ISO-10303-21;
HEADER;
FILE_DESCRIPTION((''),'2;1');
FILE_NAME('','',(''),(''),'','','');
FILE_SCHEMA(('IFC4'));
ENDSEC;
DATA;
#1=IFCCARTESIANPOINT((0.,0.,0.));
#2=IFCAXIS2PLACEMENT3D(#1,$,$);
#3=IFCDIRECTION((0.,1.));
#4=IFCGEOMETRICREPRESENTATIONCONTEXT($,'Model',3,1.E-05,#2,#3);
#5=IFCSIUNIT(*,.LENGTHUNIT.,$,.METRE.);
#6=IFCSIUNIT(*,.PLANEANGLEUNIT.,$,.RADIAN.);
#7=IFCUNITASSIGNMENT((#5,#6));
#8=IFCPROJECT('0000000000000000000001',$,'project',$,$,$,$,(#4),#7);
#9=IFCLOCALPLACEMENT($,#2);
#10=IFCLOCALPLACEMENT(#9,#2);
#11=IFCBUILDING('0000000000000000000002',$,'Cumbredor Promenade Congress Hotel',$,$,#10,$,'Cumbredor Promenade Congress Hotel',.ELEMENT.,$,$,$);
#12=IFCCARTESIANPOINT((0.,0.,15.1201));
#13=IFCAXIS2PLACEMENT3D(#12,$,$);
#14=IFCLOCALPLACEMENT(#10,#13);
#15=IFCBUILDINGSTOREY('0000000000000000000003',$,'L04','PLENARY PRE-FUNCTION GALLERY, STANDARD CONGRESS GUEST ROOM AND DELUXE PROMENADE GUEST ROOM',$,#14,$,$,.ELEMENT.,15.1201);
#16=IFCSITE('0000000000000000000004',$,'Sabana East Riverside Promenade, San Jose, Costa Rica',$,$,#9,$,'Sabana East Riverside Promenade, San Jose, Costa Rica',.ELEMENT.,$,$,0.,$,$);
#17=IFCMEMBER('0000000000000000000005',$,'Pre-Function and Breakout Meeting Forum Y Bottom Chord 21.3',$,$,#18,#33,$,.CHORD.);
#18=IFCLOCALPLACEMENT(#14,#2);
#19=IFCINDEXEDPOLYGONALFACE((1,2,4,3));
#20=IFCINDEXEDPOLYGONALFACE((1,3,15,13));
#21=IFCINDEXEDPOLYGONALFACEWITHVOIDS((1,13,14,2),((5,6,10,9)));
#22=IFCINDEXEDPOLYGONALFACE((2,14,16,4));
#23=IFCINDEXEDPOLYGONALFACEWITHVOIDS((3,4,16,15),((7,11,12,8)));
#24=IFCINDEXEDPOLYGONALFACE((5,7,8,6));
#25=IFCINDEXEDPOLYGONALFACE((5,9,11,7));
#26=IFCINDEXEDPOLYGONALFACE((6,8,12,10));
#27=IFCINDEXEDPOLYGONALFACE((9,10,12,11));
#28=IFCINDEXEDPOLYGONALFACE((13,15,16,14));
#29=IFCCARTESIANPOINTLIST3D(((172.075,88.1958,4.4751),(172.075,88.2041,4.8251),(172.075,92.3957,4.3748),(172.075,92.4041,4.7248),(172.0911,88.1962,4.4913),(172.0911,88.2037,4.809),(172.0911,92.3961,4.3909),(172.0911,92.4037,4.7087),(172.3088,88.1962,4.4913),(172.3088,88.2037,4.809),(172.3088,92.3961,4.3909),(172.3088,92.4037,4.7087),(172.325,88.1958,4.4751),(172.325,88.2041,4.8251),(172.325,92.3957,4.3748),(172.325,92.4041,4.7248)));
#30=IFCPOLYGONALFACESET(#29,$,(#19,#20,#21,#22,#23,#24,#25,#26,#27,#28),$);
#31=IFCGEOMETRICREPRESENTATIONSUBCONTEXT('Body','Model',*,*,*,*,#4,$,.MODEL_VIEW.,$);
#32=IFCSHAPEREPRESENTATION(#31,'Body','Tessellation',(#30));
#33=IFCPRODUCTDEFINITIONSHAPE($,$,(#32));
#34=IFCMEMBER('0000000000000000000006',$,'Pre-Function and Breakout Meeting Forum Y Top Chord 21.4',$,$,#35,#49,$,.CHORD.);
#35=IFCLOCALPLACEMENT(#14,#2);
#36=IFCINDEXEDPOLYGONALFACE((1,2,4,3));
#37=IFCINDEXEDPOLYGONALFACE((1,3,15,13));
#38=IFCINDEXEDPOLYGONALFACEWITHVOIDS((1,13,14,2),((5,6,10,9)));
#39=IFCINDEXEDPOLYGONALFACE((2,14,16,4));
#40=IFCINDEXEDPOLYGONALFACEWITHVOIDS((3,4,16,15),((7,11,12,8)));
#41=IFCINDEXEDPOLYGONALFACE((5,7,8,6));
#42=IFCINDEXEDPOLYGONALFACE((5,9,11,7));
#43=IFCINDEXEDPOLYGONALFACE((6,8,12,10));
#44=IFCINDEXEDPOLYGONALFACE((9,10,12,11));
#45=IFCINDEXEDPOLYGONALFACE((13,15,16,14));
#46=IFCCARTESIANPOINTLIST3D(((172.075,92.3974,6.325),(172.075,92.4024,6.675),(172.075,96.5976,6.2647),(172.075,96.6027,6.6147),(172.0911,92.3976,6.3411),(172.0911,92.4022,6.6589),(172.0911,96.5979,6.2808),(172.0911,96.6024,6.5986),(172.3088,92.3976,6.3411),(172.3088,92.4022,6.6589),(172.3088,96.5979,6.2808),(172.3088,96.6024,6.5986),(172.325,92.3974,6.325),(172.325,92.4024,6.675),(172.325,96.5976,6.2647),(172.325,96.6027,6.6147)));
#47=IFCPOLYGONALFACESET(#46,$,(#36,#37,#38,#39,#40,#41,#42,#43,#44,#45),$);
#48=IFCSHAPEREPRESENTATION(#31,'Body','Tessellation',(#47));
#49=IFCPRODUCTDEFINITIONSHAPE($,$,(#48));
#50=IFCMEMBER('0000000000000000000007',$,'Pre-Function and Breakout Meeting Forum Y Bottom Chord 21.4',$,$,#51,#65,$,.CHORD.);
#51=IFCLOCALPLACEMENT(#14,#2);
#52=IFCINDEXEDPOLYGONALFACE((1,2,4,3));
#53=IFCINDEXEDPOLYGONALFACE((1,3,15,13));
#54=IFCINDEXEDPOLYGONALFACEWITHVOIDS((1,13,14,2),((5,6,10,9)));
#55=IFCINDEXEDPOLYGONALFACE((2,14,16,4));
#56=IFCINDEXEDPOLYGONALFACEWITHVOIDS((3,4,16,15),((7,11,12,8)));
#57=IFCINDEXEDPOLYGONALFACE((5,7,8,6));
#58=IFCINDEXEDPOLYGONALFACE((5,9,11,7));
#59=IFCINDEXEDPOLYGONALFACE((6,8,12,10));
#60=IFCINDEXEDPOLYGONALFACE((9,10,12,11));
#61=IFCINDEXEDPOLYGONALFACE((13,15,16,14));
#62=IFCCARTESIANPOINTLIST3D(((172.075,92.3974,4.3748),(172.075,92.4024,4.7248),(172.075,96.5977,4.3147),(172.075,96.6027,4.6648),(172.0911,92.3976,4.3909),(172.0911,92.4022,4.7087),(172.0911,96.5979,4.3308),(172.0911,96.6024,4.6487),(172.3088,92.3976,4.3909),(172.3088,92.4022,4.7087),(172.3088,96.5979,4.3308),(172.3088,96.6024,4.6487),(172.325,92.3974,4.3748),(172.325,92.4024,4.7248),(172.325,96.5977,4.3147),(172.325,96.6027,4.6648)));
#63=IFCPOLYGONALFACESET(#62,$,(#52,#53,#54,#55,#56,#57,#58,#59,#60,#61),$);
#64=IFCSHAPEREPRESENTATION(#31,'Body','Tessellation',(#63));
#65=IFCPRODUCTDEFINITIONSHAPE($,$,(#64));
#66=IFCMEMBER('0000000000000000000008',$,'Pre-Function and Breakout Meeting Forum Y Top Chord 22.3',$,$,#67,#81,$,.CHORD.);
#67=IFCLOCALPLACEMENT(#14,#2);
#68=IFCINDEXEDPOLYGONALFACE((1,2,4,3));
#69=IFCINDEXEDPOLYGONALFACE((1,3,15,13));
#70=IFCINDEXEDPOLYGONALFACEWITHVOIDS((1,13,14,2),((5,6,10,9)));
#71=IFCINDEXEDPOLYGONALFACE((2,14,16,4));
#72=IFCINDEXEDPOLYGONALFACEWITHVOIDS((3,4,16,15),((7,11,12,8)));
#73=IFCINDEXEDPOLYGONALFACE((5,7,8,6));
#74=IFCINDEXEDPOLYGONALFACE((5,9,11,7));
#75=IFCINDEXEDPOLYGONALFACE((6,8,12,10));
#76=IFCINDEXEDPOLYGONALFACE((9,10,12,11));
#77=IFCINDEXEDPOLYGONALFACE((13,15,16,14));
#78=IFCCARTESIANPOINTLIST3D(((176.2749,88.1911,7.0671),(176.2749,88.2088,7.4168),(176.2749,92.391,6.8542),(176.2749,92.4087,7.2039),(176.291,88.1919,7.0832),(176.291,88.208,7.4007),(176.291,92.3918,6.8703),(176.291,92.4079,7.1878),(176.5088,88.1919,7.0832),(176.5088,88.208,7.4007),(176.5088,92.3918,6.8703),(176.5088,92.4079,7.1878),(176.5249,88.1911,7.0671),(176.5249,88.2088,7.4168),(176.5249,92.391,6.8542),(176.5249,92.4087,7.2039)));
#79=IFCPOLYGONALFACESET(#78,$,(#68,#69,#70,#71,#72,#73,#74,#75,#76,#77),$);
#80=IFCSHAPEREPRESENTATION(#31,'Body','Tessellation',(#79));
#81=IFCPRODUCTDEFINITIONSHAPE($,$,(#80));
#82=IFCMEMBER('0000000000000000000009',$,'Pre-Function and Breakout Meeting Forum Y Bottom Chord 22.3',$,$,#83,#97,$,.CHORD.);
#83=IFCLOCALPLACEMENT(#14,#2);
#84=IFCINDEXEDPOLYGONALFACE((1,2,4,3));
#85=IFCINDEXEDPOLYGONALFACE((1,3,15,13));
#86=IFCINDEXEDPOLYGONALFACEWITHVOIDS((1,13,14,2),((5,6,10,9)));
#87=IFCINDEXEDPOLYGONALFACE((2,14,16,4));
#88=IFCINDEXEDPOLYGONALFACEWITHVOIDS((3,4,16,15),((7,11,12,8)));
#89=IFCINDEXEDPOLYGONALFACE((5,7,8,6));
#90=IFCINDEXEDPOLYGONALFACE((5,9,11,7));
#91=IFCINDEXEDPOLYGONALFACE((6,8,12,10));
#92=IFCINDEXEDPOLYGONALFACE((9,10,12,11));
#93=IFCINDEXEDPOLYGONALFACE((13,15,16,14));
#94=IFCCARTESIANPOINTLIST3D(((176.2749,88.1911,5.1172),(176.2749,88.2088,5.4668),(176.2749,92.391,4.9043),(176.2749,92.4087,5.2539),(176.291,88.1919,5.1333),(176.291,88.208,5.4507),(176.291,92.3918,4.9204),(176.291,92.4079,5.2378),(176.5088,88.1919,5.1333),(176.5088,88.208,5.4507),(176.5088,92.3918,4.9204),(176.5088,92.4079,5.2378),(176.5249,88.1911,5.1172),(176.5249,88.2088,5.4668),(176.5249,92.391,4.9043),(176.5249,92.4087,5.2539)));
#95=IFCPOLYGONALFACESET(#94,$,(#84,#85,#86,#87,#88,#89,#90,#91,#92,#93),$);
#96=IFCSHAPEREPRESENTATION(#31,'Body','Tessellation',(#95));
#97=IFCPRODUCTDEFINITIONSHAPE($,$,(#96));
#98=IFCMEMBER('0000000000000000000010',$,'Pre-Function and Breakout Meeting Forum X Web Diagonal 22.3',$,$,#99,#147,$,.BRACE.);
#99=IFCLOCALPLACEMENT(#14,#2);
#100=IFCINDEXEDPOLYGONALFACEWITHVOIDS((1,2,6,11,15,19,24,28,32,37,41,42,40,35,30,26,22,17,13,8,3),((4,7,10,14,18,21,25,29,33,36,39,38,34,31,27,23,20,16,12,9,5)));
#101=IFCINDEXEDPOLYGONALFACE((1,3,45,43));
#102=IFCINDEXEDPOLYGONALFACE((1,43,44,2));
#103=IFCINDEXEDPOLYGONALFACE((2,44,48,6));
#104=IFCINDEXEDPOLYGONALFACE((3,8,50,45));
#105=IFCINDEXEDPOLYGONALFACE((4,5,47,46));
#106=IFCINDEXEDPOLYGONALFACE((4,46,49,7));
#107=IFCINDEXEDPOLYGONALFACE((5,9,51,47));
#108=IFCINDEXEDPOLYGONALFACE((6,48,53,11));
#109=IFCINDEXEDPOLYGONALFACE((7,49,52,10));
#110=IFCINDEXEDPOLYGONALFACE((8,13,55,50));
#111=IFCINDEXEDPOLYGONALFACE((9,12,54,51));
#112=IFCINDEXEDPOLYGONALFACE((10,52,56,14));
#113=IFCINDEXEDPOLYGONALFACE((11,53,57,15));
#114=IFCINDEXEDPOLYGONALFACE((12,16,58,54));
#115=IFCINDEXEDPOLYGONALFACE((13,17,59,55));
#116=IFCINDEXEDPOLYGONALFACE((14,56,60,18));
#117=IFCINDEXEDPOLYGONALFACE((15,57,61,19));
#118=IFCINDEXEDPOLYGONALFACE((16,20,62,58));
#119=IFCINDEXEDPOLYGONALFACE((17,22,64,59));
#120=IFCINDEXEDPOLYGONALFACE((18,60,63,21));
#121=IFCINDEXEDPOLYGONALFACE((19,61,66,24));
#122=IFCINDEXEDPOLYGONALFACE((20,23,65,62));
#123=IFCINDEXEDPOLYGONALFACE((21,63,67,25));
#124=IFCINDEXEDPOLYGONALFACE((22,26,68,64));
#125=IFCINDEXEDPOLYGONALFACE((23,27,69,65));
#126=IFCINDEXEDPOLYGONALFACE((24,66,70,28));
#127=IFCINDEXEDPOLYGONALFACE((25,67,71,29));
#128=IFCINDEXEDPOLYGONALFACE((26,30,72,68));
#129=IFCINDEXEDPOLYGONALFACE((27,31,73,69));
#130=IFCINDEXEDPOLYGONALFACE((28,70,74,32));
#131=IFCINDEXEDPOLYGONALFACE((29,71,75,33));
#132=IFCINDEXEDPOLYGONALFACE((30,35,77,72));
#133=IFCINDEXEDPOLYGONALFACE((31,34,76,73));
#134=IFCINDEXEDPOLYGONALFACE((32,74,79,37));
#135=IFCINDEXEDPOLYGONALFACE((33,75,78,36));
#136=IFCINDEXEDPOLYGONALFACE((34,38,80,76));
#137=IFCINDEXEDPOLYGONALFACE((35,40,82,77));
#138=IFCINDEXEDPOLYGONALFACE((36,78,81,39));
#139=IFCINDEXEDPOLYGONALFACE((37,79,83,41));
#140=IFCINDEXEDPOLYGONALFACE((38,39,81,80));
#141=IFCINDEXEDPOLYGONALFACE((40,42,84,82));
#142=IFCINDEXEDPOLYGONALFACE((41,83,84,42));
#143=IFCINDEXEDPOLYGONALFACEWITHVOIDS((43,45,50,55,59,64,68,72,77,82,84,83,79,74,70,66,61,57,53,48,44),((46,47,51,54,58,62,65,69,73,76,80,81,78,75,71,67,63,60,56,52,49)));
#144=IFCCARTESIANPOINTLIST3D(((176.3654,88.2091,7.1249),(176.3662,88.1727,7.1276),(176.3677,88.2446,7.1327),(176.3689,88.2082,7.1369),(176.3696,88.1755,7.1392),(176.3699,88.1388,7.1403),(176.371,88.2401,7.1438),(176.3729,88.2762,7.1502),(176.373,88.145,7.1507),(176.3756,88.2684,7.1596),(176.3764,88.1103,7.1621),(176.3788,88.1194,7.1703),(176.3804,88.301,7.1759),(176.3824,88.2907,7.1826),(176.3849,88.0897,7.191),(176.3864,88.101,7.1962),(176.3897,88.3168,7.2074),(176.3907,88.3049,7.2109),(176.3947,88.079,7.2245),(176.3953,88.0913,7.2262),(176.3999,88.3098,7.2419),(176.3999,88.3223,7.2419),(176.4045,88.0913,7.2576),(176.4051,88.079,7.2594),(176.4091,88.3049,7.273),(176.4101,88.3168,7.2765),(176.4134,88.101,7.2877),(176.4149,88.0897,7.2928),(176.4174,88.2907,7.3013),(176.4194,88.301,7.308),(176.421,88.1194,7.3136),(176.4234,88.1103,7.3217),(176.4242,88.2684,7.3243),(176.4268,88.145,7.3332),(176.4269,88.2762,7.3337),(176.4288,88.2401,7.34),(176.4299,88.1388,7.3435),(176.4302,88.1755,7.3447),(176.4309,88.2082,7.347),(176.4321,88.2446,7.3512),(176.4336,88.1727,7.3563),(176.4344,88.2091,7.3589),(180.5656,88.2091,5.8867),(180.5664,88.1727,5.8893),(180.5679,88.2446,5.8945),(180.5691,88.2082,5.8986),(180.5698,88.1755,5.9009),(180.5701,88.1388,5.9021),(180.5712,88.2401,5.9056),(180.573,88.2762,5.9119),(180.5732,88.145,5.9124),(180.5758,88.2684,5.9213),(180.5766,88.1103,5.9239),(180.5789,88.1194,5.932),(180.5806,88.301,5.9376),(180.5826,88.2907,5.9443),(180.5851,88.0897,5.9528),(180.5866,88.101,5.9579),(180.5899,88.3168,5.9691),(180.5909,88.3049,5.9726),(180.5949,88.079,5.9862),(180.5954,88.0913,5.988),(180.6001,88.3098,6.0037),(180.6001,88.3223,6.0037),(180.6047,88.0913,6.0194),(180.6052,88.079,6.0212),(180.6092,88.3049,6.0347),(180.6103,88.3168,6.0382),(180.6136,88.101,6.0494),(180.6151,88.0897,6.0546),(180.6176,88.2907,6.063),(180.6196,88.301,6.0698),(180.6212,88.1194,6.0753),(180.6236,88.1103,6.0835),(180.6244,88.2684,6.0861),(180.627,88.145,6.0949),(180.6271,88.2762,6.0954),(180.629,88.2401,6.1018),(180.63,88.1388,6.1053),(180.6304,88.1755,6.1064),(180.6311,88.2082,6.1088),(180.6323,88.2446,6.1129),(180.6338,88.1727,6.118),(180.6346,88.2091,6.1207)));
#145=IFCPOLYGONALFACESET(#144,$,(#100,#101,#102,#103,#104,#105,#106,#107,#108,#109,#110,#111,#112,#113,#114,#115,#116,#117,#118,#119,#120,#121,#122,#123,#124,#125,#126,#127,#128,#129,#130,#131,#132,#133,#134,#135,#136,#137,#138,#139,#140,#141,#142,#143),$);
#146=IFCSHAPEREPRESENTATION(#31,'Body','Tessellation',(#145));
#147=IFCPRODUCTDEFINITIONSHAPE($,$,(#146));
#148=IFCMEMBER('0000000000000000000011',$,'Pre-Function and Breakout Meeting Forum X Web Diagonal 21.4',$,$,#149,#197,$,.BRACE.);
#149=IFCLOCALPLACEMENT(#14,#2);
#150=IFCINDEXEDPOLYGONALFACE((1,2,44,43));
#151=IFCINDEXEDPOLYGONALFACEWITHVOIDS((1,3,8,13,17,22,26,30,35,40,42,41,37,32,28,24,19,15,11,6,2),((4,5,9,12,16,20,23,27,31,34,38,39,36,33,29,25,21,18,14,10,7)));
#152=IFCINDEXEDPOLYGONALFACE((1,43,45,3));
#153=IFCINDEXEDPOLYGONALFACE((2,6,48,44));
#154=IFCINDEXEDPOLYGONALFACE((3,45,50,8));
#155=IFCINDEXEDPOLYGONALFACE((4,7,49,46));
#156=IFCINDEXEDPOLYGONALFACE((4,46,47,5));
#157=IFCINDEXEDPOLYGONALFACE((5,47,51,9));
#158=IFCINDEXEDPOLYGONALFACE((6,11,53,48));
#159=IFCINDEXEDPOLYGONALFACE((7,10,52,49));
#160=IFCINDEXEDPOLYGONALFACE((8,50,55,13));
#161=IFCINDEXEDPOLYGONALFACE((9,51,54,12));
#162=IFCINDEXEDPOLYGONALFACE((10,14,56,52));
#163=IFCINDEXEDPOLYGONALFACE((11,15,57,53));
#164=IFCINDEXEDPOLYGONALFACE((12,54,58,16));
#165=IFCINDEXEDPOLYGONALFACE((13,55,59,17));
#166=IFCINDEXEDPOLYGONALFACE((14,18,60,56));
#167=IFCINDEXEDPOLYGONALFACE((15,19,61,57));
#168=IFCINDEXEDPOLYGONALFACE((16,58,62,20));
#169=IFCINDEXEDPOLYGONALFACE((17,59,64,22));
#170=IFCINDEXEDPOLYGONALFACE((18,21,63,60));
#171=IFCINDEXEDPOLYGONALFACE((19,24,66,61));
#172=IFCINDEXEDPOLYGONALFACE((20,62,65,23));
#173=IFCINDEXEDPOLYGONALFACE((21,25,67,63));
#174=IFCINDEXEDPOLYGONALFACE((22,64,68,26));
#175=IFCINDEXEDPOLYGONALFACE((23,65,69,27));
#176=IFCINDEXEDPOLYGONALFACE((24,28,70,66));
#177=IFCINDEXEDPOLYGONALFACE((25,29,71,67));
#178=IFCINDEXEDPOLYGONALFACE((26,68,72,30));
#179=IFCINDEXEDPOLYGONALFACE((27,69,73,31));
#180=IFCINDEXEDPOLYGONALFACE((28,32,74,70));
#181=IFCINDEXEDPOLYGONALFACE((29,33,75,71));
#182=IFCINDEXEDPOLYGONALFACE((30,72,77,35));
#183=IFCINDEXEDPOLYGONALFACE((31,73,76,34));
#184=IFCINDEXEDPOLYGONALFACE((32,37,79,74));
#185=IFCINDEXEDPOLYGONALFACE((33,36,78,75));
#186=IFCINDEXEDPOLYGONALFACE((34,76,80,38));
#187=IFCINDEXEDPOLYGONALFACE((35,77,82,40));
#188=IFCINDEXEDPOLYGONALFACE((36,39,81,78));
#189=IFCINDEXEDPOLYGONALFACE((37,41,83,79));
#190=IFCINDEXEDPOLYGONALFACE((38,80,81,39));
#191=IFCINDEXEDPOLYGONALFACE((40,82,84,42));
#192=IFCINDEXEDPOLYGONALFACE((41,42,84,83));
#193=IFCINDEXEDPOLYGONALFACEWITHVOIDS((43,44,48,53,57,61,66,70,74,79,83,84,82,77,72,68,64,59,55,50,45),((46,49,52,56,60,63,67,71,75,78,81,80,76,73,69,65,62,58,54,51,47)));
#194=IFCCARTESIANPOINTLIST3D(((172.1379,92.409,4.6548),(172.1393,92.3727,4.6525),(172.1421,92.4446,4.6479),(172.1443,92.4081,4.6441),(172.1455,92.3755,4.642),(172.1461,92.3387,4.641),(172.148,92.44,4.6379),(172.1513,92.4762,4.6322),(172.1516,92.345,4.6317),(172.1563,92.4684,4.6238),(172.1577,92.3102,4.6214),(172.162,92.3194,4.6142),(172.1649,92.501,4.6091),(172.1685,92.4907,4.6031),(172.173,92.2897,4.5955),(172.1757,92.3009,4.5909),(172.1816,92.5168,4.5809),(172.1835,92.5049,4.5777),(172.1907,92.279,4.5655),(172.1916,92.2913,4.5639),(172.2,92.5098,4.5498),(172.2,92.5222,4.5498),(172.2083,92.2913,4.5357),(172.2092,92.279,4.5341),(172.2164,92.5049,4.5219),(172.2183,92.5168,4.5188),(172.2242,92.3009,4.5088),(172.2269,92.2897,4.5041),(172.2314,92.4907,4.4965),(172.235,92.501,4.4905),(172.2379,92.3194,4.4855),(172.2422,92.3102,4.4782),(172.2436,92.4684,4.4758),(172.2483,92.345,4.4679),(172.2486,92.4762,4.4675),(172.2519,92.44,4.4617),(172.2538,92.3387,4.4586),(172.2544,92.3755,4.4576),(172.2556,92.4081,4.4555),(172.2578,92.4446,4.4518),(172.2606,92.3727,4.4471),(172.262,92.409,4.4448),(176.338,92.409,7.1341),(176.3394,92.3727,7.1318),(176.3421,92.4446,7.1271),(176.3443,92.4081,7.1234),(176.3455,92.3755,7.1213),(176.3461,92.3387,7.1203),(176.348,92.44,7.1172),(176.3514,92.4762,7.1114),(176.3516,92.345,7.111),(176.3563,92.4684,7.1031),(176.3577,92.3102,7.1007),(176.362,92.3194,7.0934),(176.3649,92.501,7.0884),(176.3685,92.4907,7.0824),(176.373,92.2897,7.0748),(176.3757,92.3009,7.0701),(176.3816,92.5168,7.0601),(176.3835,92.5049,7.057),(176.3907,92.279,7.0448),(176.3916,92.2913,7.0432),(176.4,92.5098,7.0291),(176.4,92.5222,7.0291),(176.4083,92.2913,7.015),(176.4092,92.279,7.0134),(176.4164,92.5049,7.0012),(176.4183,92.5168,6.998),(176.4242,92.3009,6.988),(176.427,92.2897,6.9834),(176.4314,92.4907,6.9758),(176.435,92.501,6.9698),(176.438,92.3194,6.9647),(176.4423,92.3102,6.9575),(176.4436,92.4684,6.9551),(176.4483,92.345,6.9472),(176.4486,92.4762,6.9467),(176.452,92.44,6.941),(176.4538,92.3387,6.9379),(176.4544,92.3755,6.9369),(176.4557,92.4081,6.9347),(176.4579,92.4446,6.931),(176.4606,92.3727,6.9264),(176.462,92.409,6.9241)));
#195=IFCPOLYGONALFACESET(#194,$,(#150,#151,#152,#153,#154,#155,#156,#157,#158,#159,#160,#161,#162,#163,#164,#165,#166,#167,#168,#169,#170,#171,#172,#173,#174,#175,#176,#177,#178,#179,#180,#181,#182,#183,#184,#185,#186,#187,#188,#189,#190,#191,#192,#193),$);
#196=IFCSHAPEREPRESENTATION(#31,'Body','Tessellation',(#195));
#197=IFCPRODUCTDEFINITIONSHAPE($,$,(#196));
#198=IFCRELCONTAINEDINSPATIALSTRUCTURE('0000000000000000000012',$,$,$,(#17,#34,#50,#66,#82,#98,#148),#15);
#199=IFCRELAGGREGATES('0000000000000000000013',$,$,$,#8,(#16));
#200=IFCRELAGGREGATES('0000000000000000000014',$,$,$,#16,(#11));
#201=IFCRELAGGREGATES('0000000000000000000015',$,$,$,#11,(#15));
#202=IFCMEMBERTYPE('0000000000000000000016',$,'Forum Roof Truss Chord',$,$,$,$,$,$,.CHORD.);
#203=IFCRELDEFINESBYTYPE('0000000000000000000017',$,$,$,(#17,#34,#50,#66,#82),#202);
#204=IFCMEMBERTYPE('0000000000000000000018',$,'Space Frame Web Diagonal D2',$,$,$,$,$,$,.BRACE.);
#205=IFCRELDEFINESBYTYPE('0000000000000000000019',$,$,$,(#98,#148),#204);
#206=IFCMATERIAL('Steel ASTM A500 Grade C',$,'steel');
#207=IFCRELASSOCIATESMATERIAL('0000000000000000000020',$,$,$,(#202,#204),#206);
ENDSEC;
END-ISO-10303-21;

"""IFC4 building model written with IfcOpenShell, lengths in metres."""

from ifc_helpers import new_model, si_unit, direction, frame, origin, origin_2d, place, context, subcontext, project, spatial, hollow_rectangle, hollow_circle, extrude, material, material_profile, profile_set, type_object, element, save


model = new_model("IFC4")

# Units and contexts
model_context = context("Model", 3, precision=1e-05, world=origin(), true_north=direction((0.0, 1.0)))
body_context = subcontext(model_context, "Body", "Model", "MODEL_VIEW")
ifc_project = project(units=[si_unit("LENGTHUNIT", "METRE"), si_unit("PLANEANGLEUNIT", "RADIAN")], contexts=[model_context])

# Site, building, storey
site_placement = place(None, origin())
site = spatial("IfcSite", under=ifc_project, at=site_placement, Name="Sabana East Riverside Promenade, San Jose, Costa Rica", LongName="Sabana East Riverside Promenade, San Jose, Costa Rica", CompositionType="ELEMENT", RefElevation=0.0)
building_placement = place(site_placement, origin())
building = spatial("IfcBuilding", under=site, at=building_placement, Name="Cumbredor Promenade Congress Hotel", LongName="Cumbredor Promenade Congress Hotel", CompositionType="ELEMENT")
storey_placement = place(building_placement, frame((0.0, 0.0, 15.1201)))
storey = spatial("IfcBuildingStorey", under=building, at=storey_placement, Name="L04", Description="PLENARY PRE-FUNCTION GALLERY, STANDARD CONGRESS GUEST ROOM AND DELUXE PROMENADE GUEST ROOM", CompositionType="ELEMENT", Elevation=15.1201)

# Members
ifc_material_1 = material(Name="Steel ASTM A500 Grade C", Category="steel")
ifc_material_profile_1 = material_profile(ifc_material_1, hollow_rectangle(XDim=0.25, YDim=0.3501, WallThickness=0.0161, at=origin_2d()), Name="HSS 350x250x16")
ifc_profile_set_1 = profile_set([ifc_material_profile_1], Name="Steel ASTM A500 Grade C")
member_type_1 = type_object("IfcMemberType", Name="Forum Roof Truss Chord", PredefinedType="CHORD", material=ifc_profile_set_1)
member_1_placement = place(storey_placement, frame((172.2, 88.2, 4.6501), z_axis=(0.0, 0.999715, -0.023884), x_axis=(-1.0, 0.0, 0.0)))
element("IfcMember", 1, at=member_1_placement, inside=storey, type_object=member_type_1, Name="Pre-Function and Breakout Meeting Forum Y Bottom Chord 21.3", PredefinedType="CHORD", context=body_context, shape_type="SweptSolid", body=[
    extrude(hollow_rectangle(XDim=0.25, YDim=0.3501, WallThickness=0.0161, at=origin_2d()), origin(), (0.0, 0.0, 1.0), 4.2012),
])
for number, where, z_axis, x_axis, name in (
    (2, (172.2, 92.3999, 6.5), (0.0, 0.999897, -0.014356), (-1.0, 0.0, 0.0), "Pre-Function and Breakout Meeting Forum Y Top Chord 21.4"),
    (3, (172.2, 92.3999, 4.5498), (0.0, 0.999898, -0.014298), (-1.0, 0.0, 0.0), "Pre-Function and Breakout Meeting Forum Y Bottom Chord 21.4"),
):
    element("IfcMember", number, at=place(storey_placement, frame(where, z_axis=z_axis, x_axis=x_axis)), inside=storey, type_object=member_type_1, Name=name, PredefinedType="CHORD", context=body_context, shape_type="SweptSolid", body=[
        extrude(hollow_rectangle(XDim=0.25, YDim=0.3501, WallThickness=0.0161, at=origin_2d()), origin(), (0.0, 0.0, 1.0), 4.2007),
    ])
for number, where, z_axis, x_axis, name in (
    (4, (176.3999, 88.2, 7.2419), (0.0, 0.998718, -0.050624), (-1.0, 0.0, 0.0), "Pre-Function and Breakout Meeting Forum Y Top Chord 22.3"),
    (5, (176.3999, 88.2, 5.292), (0.0, 0.998718, -0.050624), (-1.0, 0.0, 0.0), "Pre-Function and Breakout Meeting Forum Y Bottom Chord 22.3"),
):
    element("IfcMember", number, at=place(storey_placement, frame(where, z_axis=z_axis, x_axis=x_axis)), inside=storey, type_object=member_type_1, Name=name, PredefinedType="CHORD", context=body_context, shape_type="SweptSolid", body=[
        extrude(hollow_rectangle(XDim=0.25, YDim=0.3501, WallThickness=0.0161, at=origin_2d()), origin(), (0.0, 0.0, 1.0), 4.2053),
    ])
ifc_material_profile_2 = material_profile(ifc_material_1, hollow_circle(Radius=0.1223, WallThickness=0.0125, at=origin_2d()), Name="CHS 244.5x12.5")
ifc_profile_set_2 = profile_set([ifc_material_profile_2], Name="Steel ASTM A500 Grade C")
member_type_2 = type_object("IfcMemberType", Name="Space Frame Web Diagonal D2", PredefinedType="BRACE", material=ifc_profile_set_2)
member_2_placement = place(storey_placement, frame((176.3999, 88.2, 7.2419), z_axis=(0.959184, 0.0, -0.282782), x_axis=(0.0, 1.0, 0.0)))
element("IfcMember", 6, at=member_2_placement, inside=storey, type_object=member_type_2, Name="Pre-Function and Breakout Meeting Forum X Web Diagonal 22.3", PredefinedType="BRACE", context=body_context, shape_type="SweptSolid", body=[
    extrude(hollow_circle(Radius=0.1223, WallThickness=0.0125, at=origin_2d()), origin(), (0.0, 0.0, 1.0), 4.3789),
])
member_3_placement = place(storey_placement, frame((172.2, 92.3999, 4.5498), z_axis=(0.861155, 0.0, 0.508343), x_axis=(0.0, 1.0, 0.0)))
element("IfcMember", 7, at=member_3_placement, inside=storey, type_object=member_type_2, Name="Pre-Function and Breakout Meeting Forum X Web Diagonal 21.4", PredefinedType="BRACE", context=body_context, shape_type="SweptSolid", body=[
    extrude(hollow_circle(Radius=0.1223, WallThickness=0.0125, at=origin_2d()), origin(), (0.0, 0.0, 1.0), 4.8772),
])

save(model, "model.ifc")
